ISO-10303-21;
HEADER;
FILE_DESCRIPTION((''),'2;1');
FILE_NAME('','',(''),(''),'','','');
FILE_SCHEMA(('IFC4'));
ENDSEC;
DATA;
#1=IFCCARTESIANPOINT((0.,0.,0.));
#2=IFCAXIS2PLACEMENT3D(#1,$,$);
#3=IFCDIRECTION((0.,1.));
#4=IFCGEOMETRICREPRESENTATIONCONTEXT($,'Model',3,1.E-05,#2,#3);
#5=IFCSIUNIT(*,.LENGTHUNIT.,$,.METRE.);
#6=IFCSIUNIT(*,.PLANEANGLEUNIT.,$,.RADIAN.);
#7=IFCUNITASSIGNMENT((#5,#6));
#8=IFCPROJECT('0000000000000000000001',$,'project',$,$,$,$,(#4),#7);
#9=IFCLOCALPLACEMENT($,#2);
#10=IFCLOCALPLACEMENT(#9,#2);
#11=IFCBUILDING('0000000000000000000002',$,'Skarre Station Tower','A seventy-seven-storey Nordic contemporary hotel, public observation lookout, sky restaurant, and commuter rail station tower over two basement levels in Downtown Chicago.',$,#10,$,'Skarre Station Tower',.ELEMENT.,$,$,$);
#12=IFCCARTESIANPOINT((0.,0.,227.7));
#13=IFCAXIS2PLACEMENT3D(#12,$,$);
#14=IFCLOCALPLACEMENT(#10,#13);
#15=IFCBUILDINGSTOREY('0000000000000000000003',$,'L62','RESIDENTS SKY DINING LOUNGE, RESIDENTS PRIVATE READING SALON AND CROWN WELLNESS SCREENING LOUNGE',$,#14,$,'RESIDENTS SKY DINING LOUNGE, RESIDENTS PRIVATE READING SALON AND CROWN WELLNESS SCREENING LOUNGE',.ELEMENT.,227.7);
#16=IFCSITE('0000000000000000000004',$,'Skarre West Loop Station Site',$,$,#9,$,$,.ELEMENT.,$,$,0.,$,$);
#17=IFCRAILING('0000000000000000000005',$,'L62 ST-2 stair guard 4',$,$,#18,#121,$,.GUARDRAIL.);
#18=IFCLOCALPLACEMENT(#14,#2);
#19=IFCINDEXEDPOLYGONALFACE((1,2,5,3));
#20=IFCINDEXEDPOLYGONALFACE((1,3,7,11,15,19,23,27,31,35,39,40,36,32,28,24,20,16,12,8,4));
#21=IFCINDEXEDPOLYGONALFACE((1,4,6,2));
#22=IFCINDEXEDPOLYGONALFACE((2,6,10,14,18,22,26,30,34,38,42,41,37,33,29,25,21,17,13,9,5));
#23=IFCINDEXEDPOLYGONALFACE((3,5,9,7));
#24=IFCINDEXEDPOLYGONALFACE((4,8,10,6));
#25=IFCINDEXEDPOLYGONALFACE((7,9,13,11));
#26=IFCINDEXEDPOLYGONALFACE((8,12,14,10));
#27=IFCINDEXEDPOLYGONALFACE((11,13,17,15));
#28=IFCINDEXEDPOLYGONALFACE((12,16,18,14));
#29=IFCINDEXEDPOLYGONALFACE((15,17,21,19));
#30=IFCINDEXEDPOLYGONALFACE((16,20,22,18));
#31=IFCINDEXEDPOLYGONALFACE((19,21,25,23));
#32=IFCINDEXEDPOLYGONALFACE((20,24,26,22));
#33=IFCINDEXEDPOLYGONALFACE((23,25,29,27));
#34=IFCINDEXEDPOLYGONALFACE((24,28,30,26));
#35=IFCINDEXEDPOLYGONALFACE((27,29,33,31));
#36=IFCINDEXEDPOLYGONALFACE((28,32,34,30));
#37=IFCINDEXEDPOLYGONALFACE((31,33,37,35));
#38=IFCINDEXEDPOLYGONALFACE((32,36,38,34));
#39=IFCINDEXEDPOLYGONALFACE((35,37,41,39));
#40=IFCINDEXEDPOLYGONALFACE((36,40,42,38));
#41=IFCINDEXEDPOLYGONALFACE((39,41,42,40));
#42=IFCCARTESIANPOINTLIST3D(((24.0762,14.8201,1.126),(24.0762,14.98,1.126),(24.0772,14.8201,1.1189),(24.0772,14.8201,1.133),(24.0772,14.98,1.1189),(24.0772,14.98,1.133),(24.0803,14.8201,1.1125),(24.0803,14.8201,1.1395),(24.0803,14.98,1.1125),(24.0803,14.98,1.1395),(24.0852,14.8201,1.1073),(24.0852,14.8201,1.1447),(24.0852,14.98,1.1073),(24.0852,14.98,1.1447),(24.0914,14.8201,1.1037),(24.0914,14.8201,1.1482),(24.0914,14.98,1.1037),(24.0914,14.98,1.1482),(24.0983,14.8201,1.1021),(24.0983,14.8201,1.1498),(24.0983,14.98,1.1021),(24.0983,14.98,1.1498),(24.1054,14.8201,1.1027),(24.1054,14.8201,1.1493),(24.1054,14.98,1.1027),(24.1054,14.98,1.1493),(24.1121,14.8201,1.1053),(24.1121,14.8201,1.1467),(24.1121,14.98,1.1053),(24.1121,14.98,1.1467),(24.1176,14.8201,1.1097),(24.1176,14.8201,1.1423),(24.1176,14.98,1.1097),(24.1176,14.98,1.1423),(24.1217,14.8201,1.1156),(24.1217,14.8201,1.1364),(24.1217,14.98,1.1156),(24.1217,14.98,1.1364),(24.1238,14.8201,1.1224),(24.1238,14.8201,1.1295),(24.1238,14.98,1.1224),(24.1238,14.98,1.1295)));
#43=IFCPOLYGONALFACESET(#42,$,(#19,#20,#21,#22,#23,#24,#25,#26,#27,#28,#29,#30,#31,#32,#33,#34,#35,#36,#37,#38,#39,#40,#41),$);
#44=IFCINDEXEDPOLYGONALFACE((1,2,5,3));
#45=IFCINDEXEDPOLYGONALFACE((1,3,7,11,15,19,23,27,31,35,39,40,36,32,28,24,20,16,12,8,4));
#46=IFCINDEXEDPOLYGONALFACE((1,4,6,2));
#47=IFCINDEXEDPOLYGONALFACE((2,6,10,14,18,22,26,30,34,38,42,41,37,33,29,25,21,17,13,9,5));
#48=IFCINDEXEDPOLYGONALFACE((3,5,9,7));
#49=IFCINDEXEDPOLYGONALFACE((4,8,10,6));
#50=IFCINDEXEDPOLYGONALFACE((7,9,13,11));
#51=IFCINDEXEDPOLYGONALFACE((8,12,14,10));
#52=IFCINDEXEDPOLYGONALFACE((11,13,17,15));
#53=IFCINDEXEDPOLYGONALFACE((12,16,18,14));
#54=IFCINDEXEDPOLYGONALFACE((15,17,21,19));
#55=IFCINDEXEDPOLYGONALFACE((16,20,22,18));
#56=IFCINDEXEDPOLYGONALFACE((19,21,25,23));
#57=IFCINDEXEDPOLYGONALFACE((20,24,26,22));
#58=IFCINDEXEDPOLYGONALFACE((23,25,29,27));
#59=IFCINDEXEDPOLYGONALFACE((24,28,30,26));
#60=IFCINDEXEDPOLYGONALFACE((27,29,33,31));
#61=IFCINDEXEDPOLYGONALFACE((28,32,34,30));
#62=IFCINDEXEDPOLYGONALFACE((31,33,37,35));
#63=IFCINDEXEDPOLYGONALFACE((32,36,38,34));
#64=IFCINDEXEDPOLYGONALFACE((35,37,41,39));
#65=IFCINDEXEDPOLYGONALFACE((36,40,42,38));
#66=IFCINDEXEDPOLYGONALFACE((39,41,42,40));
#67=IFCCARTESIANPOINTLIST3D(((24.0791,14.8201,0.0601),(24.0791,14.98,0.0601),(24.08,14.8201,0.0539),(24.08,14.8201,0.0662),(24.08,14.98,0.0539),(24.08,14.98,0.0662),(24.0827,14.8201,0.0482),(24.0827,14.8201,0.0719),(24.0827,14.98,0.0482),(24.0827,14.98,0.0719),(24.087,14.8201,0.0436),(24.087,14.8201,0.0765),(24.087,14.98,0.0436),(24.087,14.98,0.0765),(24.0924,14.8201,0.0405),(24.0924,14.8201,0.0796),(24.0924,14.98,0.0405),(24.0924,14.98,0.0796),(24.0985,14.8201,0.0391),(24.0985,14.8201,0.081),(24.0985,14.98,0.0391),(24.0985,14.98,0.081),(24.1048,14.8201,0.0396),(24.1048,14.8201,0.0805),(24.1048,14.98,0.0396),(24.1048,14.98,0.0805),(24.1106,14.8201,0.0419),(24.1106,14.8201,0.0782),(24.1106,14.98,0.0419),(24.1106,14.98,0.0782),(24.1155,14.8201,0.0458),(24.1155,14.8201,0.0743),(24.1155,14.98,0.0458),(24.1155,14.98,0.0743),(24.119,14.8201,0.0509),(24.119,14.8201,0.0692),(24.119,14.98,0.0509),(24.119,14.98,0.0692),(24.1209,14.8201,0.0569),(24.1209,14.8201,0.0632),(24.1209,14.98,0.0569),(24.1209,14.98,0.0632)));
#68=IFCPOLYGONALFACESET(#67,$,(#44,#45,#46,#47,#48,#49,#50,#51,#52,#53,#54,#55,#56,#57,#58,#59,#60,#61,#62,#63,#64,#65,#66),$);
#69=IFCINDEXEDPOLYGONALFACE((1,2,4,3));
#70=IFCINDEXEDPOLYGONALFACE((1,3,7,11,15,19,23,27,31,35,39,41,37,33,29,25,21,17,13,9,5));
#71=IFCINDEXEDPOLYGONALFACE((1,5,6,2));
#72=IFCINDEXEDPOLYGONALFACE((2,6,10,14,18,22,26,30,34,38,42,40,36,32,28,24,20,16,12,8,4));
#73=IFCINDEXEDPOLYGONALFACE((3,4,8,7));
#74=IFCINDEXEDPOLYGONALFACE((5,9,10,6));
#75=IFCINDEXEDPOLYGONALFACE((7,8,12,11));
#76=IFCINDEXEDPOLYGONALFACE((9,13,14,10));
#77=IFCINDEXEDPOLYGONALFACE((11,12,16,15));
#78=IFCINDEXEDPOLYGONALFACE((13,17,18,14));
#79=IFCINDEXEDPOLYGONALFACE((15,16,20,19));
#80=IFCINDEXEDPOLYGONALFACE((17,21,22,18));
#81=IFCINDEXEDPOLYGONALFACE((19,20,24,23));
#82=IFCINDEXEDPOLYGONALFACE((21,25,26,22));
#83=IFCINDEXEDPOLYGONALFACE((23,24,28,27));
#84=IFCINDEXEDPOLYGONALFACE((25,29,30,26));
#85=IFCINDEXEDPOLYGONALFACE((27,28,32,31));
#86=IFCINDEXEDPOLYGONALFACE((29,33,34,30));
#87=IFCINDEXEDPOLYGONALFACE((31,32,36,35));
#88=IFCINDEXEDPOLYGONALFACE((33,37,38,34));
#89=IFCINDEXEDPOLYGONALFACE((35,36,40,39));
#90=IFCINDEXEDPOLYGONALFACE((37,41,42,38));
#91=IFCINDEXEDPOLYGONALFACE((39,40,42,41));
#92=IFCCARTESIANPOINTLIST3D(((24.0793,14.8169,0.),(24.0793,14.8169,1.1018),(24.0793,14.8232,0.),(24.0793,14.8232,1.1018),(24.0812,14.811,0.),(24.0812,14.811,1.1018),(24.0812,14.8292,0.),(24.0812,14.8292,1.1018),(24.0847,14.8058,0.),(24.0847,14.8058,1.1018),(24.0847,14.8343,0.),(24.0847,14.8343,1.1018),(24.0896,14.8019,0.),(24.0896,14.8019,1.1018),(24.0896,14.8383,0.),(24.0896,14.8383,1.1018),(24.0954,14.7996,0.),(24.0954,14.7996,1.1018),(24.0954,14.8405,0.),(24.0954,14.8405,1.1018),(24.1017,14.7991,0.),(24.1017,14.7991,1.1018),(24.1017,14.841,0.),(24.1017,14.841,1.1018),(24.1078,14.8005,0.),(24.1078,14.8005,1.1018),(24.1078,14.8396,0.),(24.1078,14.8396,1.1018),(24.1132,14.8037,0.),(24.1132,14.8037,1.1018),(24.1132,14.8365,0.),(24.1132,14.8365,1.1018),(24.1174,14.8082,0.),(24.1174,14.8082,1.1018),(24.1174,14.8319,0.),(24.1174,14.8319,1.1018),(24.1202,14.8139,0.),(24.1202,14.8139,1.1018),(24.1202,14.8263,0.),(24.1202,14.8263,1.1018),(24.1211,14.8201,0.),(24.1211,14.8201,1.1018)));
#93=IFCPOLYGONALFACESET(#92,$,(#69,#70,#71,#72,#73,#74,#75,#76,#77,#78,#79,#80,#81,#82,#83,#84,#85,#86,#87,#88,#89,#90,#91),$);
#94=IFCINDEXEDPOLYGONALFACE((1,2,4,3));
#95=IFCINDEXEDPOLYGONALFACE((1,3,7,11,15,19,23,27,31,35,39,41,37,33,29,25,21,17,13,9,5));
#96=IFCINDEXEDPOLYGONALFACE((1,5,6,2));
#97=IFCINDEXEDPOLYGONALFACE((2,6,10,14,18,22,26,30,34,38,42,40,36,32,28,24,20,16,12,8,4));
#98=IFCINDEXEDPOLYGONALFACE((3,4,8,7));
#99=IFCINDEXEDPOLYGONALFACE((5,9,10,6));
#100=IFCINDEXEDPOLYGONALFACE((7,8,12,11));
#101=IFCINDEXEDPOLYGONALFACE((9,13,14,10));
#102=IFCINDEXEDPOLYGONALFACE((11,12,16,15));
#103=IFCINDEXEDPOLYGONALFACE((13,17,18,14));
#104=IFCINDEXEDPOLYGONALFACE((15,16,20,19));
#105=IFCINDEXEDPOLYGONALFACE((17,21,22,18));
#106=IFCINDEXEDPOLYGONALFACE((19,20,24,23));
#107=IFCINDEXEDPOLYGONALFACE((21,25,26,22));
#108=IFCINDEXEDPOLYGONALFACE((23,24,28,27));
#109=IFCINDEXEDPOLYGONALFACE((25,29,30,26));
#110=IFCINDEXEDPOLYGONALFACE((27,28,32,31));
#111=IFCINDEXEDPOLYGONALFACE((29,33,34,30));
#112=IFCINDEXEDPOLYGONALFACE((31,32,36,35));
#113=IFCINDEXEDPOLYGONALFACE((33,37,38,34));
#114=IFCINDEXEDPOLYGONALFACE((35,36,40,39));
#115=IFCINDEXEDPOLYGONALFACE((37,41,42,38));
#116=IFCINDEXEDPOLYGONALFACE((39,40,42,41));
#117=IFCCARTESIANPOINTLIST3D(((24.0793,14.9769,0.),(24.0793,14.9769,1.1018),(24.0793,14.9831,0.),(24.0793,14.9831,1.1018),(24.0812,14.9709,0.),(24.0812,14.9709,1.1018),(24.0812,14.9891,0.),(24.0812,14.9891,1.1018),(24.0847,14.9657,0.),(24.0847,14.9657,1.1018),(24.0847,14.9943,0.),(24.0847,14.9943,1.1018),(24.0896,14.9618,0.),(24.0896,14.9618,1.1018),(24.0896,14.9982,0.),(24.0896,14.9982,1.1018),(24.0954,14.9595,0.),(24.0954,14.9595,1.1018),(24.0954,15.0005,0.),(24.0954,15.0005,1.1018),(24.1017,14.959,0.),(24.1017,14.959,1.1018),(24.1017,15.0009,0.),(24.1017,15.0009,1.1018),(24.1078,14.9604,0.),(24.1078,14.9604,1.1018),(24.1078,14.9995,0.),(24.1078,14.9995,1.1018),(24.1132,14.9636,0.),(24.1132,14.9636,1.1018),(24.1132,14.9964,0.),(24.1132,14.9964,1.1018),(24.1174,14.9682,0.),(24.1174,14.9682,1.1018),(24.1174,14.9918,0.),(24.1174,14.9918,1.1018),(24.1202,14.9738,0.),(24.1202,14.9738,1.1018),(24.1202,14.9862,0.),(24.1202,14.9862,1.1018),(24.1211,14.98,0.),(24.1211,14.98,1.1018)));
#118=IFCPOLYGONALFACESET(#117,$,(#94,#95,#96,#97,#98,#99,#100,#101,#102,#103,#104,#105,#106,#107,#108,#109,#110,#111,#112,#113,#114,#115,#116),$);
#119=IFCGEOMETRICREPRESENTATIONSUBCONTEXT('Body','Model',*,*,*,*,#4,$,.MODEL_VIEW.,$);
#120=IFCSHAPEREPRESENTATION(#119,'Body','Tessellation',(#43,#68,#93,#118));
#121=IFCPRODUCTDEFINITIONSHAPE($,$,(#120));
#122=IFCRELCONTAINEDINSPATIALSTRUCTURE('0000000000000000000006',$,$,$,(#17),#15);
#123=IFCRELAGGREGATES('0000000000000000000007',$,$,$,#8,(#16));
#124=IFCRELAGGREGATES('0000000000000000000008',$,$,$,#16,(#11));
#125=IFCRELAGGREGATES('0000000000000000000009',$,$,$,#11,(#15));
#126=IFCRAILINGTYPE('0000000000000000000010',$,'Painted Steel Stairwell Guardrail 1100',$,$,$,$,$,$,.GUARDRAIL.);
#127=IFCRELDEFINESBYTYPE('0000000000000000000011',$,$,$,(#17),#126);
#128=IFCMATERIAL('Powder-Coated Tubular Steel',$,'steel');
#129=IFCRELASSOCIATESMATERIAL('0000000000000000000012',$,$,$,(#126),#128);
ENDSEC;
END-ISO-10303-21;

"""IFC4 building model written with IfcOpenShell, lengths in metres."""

from ifc_helpers import new_model, si_unit, direction, frame, origin, origin_2d, place, context, subcontext, project, spatial, circle, extrude, material, type_object, element, save


model = new_model("IFC4")

# Units and contexts
model_context = context("Model", 3, precision=1e-05, world=origin(), true_north=direction((0.0, 1.0)))
body_context = subcontext(model_context, "Body", "Model", "MODEL_VIEW")
ifc_project = project(units=[si_unit("LENGTHUNIT", "METRE"), si_unit("PLANEANGLEUNIT", "RADIAN")], contexts=[model_context])

# Site, building, storey
site_placement = place(None, origin())
site = spatial("IfcSite", under=ifc_project, at=site_placement, Name="Skarre West Loop Station Site", CompositionType="ELEMENT", RefElevation=0.0)
building_placement = place(site_placement, origin())
building = spatial("IfcBuilding", under=site, at=building_placement, Name="Skarre Station Tower", Description="A seventy-seven-storey Nordic contemporary hotel, public observation lookout, sky restaurant, and commuter rail station tower over two basement levels in Downtown Chicago.", LongName="Skarre Station Tower", CompositionType="ELEMENT")
storey_placement = place(building_placement, frame((0.0, 0.0, 227.7)))
storey = spatial("IfcBuildingStorey", under=building, at=storey_placement, Name="L62", Description="RESIDENTS SKY DINING LOUNGE, RESIDENTS PRIVATE READING SALON AND CROWN WELLNESS SCREENING LOUNGE", LongName="RESIDENTS SKY DINING LOUNGE, RESIDENTS PRIVATE READING SALON AND CROWN WELLNESS SCREENING LOUNGE", CompositionType="ELEMENT", Elevation=227.7)

# Railing
ifc_material_1 = material(Name="Powder-Coated Tubular Steel", Category="steel")
railing_type_1 = type_object("IfcRailingType", Name="Painted Steel Stairwell Guardrail 1100", PredefinedType="GUARDRAIL", material=ifc_material_1)
railing_1_placement = place(storey_placement, frame((24.1001, 14.8201, 0.0)))
element("IfcRailing", 1, at=railing_1_placement, inside=storey, type_object=railing_type_1, Name="L62 ST-2 stair guard 4", PredefinedType="GUARDRAIL", context=body_context, shape_type="SweptSolid", body=[
    extrude(circle(Radius=0.0239, at=origin_2d()), frame((0.0, 0.0, 1.126), z_axis=(0.0, 1.0, 0.0), x_axis=(-1.0, 0.0, 0.0)), (0.0, 0.0, 1.0), 0.1599),
    extrude(circle(Radius=0.021, at=origin_2d()), frame((0.0, 0.0, 0.0601), z_axis=(0.0, 1.0, 0.0), x_axis=(-1.0, 0.0, 0.0)), (0.0, 0.0, 1.0), 0.1599),
    extrude(circle(Radius=0.021, at=origin_2d()), origin(), (0.0, 0.0, 1.0), 1.1018),
    extrude(circle(Radius=0.021, at=origin_2d()), frame((0.0, 0.1599, 0.0)), (0.0, 0.0, 1.0), 1.1018),
])

save(model, "model.ifc")
